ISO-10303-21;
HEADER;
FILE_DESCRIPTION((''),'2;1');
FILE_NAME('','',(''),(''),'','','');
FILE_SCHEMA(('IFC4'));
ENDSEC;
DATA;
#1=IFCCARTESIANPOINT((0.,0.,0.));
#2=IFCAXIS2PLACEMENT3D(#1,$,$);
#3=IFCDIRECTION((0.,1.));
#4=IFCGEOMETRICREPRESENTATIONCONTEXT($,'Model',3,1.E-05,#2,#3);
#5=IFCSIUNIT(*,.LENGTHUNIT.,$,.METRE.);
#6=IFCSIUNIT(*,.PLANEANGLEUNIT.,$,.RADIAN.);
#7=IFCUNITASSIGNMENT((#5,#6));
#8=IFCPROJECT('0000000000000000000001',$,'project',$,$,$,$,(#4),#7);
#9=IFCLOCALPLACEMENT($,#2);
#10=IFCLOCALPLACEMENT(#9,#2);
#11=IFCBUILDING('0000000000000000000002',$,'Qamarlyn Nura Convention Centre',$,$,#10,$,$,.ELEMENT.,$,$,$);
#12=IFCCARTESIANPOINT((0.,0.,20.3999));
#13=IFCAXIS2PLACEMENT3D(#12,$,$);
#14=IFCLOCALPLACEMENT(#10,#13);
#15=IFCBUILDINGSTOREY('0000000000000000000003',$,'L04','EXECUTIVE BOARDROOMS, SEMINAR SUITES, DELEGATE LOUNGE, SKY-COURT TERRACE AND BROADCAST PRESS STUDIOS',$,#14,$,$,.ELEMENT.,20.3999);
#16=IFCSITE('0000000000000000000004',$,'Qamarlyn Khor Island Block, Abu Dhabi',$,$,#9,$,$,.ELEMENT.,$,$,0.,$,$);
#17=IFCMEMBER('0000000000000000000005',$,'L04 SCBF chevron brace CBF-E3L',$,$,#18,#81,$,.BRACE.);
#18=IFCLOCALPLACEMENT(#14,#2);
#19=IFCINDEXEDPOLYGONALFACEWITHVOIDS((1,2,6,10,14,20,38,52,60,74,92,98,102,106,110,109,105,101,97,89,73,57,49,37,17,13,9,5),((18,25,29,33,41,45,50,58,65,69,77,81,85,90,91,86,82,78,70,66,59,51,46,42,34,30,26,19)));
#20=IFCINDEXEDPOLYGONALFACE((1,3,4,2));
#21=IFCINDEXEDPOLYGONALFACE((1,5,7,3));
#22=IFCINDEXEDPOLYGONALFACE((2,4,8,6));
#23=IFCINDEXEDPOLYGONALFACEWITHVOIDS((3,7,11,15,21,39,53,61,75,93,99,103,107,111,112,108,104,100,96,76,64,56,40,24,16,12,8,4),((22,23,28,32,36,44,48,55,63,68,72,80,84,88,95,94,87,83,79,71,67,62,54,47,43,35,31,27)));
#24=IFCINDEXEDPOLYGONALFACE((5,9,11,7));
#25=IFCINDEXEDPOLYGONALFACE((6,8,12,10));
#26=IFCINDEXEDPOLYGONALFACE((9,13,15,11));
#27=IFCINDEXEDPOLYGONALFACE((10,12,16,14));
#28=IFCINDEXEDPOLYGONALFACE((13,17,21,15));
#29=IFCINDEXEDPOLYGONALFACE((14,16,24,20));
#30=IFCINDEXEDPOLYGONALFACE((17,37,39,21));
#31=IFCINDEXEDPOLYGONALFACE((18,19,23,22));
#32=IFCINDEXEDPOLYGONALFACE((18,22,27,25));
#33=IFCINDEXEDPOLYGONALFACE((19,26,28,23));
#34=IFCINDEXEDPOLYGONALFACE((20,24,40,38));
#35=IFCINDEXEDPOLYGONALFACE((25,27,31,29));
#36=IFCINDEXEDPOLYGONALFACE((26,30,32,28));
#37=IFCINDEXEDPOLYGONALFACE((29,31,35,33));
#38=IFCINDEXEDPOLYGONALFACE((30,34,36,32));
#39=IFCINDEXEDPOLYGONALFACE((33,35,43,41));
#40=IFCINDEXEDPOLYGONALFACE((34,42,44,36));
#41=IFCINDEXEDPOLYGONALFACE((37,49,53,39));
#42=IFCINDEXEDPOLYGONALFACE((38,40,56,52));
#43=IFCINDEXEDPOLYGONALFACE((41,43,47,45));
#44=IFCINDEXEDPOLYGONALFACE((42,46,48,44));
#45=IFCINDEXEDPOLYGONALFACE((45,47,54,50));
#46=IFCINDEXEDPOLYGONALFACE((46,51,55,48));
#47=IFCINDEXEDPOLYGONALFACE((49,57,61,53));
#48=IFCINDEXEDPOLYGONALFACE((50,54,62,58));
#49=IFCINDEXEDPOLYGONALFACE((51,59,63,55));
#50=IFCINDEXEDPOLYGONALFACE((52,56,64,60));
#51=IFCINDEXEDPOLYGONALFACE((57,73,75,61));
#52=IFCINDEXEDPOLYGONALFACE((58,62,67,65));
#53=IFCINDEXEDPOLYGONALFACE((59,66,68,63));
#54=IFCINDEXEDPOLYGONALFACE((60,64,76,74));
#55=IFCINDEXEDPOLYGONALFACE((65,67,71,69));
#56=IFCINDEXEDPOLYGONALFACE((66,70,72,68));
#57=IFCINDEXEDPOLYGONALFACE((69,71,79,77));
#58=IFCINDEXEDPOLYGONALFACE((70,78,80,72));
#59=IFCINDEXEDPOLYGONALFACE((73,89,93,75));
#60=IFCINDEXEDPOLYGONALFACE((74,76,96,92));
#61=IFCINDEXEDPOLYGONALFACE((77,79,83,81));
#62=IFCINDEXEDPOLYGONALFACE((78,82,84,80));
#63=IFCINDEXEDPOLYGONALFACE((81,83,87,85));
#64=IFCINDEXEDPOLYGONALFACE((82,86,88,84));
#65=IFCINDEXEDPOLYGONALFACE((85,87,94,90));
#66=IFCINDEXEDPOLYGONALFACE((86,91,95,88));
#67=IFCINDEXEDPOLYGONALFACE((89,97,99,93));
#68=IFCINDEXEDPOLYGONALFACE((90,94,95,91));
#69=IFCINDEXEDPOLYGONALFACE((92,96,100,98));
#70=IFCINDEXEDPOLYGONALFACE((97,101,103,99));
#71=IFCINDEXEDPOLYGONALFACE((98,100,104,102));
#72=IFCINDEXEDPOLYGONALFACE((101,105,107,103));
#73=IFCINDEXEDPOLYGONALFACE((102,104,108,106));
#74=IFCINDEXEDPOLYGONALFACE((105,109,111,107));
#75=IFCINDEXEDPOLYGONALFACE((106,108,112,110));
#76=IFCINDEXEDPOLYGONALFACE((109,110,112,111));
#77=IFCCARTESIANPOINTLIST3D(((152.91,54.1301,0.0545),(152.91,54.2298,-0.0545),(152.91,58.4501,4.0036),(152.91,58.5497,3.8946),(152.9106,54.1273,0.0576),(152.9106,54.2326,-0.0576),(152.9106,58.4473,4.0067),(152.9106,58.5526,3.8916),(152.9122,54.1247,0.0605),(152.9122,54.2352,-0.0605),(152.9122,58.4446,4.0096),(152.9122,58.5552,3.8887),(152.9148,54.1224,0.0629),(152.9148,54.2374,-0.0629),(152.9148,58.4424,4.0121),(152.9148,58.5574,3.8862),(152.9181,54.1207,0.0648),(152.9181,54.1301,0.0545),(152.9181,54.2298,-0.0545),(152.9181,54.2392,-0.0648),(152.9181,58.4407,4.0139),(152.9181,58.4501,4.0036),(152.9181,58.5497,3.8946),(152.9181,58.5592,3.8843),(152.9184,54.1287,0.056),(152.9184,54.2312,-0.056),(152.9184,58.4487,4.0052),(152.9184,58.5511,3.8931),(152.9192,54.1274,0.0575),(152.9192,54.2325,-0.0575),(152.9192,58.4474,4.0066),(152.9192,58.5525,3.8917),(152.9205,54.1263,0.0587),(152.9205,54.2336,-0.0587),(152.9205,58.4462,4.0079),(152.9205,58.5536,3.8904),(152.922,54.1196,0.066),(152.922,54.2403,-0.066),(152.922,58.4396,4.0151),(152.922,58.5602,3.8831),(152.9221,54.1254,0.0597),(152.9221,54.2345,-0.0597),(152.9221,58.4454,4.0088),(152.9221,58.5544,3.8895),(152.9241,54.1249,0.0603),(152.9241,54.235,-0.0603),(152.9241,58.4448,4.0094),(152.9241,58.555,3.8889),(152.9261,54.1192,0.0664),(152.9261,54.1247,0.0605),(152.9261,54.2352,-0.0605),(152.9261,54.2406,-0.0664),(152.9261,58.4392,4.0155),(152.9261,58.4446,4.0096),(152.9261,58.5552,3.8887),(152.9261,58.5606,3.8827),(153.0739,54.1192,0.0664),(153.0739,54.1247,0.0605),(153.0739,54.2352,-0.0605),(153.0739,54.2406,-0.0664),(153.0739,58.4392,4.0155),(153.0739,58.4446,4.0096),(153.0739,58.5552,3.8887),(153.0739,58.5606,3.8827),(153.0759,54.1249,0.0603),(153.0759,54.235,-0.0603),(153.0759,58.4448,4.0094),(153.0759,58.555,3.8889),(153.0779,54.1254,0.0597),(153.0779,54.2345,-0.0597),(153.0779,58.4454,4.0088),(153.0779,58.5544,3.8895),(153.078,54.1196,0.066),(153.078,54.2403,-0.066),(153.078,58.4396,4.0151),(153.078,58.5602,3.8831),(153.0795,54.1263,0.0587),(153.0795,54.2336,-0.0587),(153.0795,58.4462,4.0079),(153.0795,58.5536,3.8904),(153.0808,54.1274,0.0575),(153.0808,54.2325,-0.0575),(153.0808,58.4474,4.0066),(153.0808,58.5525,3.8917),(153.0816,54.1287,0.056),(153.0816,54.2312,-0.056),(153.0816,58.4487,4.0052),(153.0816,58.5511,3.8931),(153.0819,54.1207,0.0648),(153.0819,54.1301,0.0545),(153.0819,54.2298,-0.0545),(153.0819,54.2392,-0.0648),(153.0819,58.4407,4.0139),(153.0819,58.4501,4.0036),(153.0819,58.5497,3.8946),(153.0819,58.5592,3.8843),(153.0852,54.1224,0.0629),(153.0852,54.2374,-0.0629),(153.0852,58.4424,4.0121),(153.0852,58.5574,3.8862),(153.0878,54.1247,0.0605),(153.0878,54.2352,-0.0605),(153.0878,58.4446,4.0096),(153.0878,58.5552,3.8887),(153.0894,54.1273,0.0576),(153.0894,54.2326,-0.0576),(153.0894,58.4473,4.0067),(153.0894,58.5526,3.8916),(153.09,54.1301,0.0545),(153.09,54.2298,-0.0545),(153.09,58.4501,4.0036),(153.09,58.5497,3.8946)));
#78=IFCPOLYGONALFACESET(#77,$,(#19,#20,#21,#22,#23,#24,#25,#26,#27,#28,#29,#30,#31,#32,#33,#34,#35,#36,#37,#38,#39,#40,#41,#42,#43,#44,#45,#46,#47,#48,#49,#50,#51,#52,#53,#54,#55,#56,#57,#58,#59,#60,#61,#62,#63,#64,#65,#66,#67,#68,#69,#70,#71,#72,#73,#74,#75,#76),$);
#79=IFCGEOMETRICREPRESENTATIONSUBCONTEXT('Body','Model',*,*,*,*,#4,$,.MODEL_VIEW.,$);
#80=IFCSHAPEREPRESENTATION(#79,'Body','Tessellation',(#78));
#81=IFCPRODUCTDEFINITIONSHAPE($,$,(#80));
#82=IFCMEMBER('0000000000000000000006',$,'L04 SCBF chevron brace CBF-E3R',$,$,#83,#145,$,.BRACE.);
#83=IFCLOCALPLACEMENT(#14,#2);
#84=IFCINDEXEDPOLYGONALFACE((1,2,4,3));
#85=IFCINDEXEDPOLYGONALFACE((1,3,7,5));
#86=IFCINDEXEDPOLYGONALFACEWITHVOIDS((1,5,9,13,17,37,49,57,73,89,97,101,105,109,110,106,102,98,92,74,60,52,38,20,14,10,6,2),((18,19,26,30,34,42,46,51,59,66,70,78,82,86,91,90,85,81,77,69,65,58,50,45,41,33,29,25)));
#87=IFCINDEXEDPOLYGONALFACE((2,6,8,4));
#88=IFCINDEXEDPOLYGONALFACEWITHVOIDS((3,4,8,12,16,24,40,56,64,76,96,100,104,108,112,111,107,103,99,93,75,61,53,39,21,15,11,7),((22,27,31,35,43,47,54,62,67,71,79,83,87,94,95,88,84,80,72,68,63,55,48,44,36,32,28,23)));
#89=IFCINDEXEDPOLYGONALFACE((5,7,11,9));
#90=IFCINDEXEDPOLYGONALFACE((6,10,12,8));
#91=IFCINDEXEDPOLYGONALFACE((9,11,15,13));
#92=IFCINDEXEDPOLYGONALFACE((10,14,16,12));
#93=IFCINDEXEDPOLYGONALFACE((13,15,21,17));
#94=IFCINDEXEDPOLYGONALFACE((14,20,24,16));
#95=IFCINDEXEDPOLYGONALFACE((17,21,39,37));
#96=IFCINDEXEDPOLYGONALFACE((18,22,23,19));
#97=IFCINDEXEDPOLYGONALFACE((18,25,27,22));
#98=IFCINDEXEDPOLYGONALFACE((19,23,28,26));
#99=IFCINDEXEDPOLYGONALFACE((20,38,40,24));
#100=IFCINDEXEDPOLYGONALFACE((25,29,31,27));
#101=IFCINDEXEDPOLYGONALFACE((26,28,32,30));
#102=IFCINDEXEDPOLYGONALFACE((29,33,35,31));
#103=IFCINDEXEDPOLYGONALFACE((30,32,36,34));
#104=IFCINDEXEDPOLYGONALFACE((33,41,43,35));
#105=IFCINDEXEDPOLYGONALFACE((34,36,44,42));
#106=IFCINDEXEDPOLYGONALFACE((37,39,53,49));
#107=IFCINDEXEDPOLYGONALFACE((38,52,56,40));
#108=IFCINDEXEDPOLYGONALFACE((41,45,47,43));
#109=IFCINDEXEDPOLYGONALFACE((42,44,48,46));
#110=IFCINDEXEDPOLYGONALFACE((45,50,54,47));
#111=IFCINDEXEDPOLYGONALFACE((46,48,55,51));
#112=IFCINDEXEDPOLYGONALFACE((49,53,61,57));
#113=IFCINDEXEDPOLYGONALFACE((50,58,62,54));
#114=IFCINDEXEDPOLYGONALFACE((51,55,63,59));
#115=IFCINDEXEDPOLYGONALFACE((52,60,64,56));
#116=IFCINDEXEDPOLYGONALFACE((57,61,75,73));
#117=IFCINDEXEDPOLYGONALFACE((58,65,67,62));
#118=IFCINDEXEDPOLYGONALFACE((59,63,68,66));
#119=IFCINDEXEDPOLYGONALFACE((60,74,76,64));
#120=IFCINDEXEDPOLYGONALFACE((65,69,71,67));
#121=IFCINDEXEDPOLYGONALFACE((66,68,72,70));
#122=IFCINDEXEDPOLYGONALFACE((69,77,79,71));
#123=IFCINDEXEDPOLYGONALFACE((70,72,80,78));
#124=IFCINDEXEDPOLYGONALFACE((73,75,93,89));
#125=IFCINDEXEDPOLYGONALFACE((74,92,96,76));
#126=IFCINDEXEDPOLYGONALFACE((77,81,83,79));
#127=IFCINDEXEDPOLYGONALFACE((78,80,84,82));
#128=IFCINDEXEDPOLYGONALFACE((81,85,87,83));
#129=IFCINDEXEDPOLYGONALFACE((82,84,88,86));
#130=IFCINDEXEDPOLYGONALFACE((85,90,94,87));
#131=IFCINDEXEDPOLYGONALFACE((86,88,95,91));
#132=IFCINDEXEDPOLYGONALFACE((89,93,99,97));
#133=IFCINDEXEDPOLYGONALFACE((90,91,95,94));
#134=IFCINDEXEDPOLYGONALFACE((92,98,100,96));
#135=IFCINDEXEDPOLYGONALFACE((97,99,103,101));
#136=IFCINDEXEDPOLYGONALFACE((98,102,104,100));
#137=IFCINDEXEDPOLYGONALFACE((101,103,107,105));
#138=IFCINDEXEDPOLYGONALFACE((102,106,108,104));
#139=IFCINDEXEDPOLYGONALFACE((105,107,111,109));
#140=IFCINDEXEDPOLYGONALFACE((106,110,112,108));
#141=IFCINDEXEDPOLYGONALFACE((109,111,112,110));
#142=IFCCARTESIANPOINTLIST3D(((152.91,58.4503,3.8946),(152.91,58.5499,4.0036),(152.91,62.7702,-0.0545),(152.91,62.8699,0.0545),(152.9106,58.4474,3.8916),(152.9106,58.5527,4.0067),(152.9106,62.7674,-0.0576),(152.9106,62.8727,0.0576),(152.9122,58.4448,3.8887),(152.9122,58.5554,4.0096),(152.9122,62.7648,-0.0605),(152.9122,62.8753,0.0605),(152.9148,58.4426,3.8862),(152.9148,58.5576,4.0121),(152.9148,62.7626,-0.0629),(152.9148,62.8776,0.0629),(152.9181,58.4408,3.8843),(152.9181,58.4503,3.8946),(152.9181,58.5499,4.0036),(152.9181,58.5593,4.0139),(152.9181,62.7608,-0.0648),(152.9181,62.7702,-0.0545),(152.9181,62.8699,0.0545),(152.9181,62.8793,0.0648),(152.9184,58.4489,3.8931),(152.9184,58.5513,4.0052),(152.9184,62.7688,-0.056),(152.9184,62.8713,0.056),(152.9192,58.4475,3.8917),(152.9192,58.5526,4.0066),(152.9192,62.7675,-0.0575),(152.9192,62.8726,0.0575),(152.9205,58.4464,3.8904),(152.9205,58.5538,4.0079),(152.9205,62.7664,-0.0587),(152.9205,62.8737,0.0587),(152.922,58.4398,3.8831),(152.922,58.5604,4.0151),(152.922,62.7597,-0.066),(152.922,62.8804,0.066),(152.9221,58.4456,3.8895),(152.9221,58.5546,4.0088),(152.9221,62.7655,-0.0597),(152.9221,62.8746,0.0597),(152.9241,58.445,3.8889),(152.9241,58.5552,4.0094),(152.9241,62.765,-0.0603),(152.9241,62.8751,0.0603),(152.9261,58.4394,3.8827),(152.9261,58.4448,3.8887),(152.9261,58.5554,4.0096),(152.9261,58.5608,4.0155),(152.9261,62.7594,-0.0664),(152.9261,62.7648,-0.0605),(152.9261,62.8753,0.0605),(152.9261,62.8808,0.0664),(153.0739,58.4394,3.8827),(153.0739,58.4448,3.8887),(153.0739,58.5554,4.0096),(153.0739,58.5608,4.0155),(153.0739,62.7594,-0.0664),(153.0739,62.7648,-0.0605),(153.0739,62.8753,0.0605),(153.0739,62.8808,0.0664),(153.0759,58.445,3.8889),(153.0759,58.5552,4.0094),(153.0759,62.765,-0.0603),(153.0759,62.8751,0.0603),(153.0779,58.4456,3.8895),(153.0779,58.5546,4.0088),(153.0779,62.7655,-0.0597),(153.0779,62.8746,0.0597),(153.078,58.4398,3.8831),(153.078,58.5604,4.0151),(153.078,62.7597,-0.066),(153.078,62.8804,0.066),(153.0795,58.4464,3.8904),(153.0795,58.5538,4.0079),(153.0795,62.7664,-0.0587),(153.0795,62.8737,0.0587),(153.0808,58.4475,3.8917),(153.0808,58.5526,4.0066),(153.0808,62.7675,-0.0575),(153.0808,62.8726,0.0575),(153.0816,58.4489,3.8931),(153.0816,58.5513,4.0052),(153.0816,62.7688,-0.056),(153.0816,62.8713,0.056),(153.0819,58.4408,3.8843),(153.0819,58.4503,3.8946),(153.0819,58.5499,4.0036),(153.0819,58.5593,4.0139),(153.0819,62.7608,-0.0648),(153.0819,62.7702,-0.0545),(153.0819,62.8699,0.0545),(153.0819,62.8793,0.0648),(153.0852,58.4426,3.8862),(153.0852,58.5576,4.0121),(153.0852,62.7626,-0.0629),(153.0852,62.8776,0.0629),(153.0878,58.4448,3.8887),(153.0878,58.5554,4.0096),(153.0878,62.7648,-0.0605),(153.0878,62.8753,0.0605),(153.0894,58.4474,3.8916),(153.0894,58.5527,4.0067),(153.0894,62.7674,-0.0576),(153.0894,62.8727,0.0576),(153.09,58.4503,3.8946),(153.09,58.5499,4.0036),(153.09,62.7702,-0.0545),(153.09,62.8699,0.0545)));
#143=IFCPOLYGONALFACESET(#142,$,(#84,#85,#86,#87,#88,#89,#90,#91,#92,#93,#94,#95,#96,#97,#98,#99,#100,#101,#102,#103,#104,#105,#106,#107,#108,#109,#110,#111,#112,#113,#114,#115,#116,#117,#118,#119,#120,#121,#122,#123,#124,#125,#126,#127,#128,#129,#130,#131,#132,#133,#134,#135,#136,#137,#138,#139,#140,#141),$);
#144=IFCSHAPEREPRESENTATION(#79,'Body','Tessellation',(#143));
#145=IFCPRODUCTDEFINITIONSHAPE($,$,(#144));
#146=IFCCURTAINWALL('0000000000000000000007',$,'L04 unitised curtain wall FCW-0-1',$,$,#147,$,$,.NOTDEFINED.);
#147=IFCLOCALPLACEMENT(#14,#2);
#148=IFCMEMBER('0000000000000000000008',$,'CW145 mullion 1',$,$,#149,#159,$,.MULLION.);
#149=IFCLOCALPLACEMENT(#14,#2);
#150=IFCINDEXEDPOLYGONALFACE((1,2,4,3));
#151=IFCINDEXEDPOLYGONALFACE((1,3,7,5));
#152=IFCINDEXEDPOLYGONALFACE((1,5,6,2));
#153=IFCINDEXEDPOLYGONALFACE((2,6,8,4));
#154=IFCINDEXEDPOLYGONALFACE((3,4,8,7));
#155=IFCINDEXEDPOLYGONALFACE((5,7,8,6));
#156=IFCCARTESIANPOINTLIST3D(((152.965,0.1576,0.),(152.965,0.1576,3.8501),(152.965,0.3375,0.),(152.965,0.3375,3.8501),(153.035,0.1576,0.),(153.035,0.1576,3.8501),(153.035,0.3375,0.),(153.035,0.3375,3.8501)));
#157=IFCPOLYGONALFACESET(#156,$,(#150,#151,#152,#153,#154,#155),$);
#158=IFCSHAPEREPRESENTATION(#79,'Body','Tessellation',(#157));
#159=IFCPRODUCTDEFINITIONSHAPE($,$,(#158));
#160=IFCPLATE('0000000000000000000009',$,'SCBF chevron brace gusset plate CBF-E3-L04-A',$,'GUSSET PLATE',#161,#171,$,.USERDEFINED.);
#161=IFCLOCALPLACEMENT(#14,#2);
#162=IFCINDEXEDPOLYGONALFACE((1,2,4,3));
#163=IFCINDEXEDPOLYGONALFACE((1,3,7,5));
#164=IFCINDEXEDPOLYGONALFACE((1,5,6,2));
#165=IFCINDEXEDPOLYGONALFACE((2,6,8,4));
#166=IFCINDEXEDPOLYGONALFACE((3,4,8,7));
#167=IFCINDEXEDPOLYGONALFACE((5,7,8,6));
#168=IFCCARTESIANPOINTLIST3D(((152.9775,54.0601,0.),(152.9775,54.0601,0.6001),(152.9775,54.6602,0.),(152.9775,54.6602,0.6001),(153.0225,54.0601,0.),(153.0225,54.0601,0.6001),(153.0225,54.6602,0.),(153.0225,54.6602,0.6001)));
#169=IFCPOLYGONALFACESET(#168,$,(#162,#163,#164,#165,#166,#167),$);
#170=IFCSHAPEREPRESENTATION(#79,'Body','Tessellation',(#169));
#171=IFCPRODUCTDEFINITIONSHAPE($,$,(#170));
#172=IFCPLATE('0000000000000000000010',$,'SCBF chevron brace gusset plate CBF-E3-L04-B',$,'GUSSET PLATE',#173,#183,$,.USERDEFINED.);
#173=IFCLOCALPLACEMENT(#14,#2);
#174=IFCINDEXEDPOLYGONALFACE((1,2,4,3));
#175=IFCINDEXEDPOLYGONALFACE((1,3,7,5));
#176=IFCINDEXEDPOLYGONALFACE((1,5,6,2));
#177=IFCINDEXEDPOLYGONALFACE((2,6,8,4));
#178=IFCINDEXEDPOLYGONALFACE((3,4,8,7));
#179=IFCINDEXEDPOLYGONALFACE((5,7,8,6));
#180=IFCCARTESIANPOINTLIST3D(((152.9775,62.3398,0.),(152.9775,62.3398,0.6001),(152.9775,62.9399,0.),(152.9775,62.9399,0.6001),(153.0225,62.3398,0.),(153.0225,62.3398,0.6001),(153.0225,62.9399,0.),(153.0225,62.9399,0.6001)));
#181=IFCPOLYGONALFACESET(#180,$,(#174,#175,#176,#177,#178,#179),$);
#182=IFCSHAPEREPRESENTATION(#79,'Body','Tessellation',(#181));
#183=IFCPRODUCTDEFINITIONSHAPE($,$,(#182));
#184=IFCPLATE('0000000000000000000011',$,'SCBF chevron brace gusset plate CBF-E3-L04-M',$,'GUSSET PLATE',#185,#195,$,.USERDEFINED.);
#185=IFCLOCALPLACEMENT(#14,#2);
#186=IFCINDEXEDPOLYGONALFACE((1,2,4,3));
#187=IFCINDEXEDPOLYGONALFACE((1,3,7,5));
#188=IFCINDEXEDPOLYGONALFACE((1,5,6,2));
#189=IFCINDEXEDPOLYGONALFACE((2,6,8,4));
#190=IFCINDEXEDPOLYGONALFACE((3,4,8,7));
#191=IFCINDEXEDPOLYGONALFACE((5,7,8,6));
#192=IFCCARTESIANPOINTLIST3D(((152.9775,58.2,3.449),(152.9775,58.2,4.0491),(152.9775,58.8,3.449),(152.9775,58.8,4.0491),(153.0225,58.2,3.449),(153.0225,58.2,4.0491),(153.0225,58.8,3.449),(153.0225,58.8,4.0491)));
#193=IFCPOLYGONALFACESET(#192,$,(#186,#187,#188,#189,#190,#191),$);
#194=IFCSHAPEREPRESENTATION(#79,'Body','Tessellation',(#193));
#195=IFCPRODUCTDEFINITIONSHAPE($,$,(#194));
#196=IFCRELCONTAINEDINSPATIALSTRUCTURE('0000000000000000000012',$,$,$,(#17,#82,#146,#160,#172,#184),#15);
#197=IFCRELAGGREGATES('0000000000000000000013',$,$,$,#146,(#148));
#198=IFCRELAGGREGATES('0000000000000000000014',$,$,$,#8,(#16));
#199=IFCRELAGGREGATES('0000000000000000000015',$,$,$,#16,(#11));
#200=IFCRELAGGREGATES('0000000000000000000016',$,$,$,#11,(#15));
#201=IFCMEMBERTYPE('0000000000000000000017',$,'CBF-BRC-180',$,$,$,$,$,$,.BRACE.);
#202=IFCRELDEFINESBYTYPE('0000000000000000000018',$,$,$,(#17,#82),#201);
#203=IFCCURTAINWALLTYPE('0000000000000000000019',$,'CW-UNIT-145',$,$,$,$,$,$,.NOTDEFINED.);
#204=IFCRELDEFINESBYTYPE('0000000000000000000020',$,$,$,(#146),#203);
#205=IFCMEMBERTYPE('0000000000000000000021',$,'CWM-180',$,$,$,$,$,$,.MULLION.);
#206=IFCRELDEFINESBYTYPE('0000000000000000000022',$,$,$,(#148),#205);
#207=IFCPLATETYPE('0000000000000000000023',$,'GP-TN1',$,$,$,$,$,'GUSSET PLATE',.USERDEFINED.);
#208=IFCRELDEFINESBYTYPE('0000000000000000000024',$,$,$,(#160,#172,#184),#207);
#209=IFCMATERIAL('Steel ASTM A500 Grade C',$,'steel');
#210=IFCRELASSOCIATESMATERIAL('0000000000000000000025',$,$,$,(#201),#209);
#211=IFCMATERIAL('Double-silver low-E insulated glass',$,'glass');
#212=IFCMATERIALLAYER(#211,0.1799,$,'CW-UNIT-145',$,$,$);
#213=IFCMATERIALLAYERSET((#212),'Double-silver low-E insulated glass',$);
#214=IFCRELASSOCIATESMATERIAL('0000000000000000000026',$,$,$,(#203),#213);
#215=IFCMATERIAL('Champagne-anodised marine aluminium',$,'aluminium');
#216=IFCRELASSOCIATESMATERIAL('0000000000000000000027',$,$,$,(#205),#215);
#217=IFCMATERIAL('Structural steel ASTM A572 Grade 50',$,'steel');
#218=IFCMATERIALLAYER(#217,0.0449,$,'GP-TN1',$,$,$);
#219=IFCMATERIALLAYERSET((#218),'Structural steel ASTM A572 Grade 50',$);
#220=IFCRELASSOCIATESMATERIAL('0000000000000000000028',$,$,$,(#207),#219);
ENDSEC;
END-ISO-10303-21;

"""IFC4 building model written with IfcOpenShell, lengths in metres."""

from ifc_helpers import new_model, si_unit, direction, frame, origin, origin_2d, place, context, subcontext, project, spatial, rectangle, hollow_rectangle, extrude, material, layer, layer_set, material_profile, profile_set, type_object, element, aggregate, save


model = new_model("IFC4")

# Units and contexts
model_context = context("Model", 3, precision=1e-05, world=origin(), true_north=direction((0.0, 1.0)))
body_context = subcontext(model_context, "Body", "Model", "MODEL_VIEW")
ifc_project = project(units=[si_unit("LENGTHUNIT", "METRE"), si_unit("PLANEANGLEUNIT", "RADIAN")], contexts=[model_context])

# Site, building, storey
site_placement = place(None, origin())
site = spatial("IfcSite", under=ifc_project, at=site_placement, Name="Qamarlyn Khor Island Block, Abu Dhabi", CompositionType="ELEMENT", RefElevation=0.0)
building_placement = place(site_placement, origin())
building = spatial("IfcBuilding", under=site, at=building_placement, Name="Qamarlyn Nura Convention Centre", CompositionType="ELEMENT")
storey_placement = place(building_placement, frame((0.0, 0.0, 20.3999)))
storey = spatial("IfcBuildingStorey", under=building, at=storey_placement, Name="L04", Description="EXECUTIVE BOARDROOMS, SEMINAR SUITES, DELEGATE LOUNGE, SKY-COURT TERRACE AND BROADCAST PRESS STUDIOS", CompositionType="ELEMENT", Elevation=20.3999)

# Shared definitions
ifc_material_1 = material(Name="Steel ASTM A500 Grade C", Category="steel")

# Members
ifc_material_profile_1 = material_profile(ifc_material_1, hollow_rectangle(XDim=0.1799, YDim=0.1799, WallThickness=0.0081, InnerFilletRadius=0.0081, OuterFilletRadius=0.0161, at=origin_2d()), Name="HSS180X180X8")
ifc_profile_set_1 = profile_set([ifc_material_profile_1], Name="Steel ASTM A500 Grade C")
member_type_1 = type_object("IfcMemberType", Name="CBF-BRC-180", PredefinedType="BRACE", material=ifc_profile_set_1)
for number, where, z_axis, x_axis, name in (
    (1, (153.0, 54.1799, 0.0), (0.0, 0.738076, 0.674717), (-1.0, 0.0, 0.0), "L04 SCBF chevron brace CBF-E3L"),
    (2, (153.0, 62.8201, 0.0), (0.0, -0.738076, 0.674717), (1.0, 0.0, 0.0), "L04 SCBF chevron brace CBF-E3R"),
):
    element("IfcMember", number, at=place(storey_placement, frame(where, z_axis=z_axis, x_axis=x_axis)), inside=storey, type_object=member_type_1, Name=name, PredefinedType="BRACE", context=body_context, shape_type="SweptSolid", body=[
        extrude(hollow_rectangle(XDim=0.1799, YDim=0.1799, WallThickness=0.0081, InnerFilletRadius=0.0081, OuterFilletRadius=0.0161, at=origin_2d()), origin(), (0.0, 0.0, 1.0), 5.853),
    ])

# Curtain wall, member
ifc_material_2 = material(Name="Double-silver low-E insulated glass", Category="glass")
ifc_layer_1 = layer(ifc_material_2, 0.1799, Name="CW-UNIT-145")
ifc_layer_set_1 = layer_set([ifc_layer_1], Name="Double-silver low-E insulated glass")
curtain_wall_type = type_object("IfcCurtainWallType", Name="CW-UNIT-145", PredefinedType="NOTDEFINED", material=ifc_layer_set_1)
curtain_wall_placement = place(storey_placement, origin())
curtain_wall = element("IfcCurtainWall", 3, at=curtain_wall_placement, inside=storey, type_object=curtain_wall_type, Name="L04 unitised curtain wall FCW-0-1", PredefinedType="NOTDEFINED")
ifc_material_3 = material(Name="Champagne-anodised marine aluminium", Category="aluminium")
ifc_material_profile_2 = material_profile(ifc_material_3, rectangle(XDim=0.0701, YDim=0.1799, at=origin_2d()), Name="ALU MULLION 70x180")
ifc_profile_set_2 = profile_set([ifc_material_profile_2], Name="Champagne-anodised marine aluminium")
member_type_2 = type_object("IfcMemberType", Name="CWM-180", PredefinedType="MULLION", material=ifc_profile_set_2)
member_1_placement = place(storey_placement, frame((153.0, 0.2476, 0.0), z_axis=(0.0, 0.0, 1.0), x_axis=(-1.0, 0.0, 0.0)))
member_1 = element("IfcMember", 4, at=member_1_placement, type_object=member_type_2, Name="CW145 mullion 1", PredefinedType="MULLION", context=body_context, shape_type="SweptSolid", body=[
    extrude(rectangle(XDim=0.0701, YDim=0.1799, at=origin_2d()), origin(), (0.0, 0.0, 1.0), 3.8501),
])
aggregate(curtain_wall, [member_1])

# Plates
ifc_material_4 = material(Name="Structural steel ASTM A572 Grade 50", Category="steel")
ifc_layer_2 = layer(ifc_material_4, 0.0449, Name="GP-TN1")
ifc_layer_set_2 = layer_set([ifc_layer_2], Name="Structural steel ASTM A572 Grade 50")
plate_type = type_object("IfcPlateType", Name="GP-TN1", ElementType="GUSSET PLATE", PredefinedType="USERDEFINED", material=ifc_layer_set_2)
for number, where, z_axis, x_axis, name in (
    (5, (153.0, 54.3601, 0.0), (0.0, 0.0, 1.0), (0.0, 1.0, 0.0), "SCBF chevron brace gusset plate CBF-E3-L04-A"),
    (6, (153.0, 62.6399, 0.0), (0.0, 0.0, 1.0), (0.0, 1.0, 0.0), "SCBF chevron brace gusset plate CBF-E3-L04-B"),
    (7, (153.0, 58.5, 3.449), (0.0, 0.0, 1.0), (0.0, 1.0, 0.0), "SCBF chevron brace gusset plate CBF-E3-L04-M"),
):
    element("IfcPlate", number, at=place(storey_placement, frame(where, z_axis=z_axis, x_axis=x_axis)), inside=storey, type_object=plate_type, Name=name, ObjectType="GUSSET PLATE", PredefinedType="USERDEFINED", context=body_context, shape_type="SweptSolid", body=[
        extrude(rectangle(XDim=0.6001, YDim=0.0449, at=origin_2d()), origin(), (0.0, 0.0, 1.0), 0.6001),
    ])

save(model, "model.ifc")
